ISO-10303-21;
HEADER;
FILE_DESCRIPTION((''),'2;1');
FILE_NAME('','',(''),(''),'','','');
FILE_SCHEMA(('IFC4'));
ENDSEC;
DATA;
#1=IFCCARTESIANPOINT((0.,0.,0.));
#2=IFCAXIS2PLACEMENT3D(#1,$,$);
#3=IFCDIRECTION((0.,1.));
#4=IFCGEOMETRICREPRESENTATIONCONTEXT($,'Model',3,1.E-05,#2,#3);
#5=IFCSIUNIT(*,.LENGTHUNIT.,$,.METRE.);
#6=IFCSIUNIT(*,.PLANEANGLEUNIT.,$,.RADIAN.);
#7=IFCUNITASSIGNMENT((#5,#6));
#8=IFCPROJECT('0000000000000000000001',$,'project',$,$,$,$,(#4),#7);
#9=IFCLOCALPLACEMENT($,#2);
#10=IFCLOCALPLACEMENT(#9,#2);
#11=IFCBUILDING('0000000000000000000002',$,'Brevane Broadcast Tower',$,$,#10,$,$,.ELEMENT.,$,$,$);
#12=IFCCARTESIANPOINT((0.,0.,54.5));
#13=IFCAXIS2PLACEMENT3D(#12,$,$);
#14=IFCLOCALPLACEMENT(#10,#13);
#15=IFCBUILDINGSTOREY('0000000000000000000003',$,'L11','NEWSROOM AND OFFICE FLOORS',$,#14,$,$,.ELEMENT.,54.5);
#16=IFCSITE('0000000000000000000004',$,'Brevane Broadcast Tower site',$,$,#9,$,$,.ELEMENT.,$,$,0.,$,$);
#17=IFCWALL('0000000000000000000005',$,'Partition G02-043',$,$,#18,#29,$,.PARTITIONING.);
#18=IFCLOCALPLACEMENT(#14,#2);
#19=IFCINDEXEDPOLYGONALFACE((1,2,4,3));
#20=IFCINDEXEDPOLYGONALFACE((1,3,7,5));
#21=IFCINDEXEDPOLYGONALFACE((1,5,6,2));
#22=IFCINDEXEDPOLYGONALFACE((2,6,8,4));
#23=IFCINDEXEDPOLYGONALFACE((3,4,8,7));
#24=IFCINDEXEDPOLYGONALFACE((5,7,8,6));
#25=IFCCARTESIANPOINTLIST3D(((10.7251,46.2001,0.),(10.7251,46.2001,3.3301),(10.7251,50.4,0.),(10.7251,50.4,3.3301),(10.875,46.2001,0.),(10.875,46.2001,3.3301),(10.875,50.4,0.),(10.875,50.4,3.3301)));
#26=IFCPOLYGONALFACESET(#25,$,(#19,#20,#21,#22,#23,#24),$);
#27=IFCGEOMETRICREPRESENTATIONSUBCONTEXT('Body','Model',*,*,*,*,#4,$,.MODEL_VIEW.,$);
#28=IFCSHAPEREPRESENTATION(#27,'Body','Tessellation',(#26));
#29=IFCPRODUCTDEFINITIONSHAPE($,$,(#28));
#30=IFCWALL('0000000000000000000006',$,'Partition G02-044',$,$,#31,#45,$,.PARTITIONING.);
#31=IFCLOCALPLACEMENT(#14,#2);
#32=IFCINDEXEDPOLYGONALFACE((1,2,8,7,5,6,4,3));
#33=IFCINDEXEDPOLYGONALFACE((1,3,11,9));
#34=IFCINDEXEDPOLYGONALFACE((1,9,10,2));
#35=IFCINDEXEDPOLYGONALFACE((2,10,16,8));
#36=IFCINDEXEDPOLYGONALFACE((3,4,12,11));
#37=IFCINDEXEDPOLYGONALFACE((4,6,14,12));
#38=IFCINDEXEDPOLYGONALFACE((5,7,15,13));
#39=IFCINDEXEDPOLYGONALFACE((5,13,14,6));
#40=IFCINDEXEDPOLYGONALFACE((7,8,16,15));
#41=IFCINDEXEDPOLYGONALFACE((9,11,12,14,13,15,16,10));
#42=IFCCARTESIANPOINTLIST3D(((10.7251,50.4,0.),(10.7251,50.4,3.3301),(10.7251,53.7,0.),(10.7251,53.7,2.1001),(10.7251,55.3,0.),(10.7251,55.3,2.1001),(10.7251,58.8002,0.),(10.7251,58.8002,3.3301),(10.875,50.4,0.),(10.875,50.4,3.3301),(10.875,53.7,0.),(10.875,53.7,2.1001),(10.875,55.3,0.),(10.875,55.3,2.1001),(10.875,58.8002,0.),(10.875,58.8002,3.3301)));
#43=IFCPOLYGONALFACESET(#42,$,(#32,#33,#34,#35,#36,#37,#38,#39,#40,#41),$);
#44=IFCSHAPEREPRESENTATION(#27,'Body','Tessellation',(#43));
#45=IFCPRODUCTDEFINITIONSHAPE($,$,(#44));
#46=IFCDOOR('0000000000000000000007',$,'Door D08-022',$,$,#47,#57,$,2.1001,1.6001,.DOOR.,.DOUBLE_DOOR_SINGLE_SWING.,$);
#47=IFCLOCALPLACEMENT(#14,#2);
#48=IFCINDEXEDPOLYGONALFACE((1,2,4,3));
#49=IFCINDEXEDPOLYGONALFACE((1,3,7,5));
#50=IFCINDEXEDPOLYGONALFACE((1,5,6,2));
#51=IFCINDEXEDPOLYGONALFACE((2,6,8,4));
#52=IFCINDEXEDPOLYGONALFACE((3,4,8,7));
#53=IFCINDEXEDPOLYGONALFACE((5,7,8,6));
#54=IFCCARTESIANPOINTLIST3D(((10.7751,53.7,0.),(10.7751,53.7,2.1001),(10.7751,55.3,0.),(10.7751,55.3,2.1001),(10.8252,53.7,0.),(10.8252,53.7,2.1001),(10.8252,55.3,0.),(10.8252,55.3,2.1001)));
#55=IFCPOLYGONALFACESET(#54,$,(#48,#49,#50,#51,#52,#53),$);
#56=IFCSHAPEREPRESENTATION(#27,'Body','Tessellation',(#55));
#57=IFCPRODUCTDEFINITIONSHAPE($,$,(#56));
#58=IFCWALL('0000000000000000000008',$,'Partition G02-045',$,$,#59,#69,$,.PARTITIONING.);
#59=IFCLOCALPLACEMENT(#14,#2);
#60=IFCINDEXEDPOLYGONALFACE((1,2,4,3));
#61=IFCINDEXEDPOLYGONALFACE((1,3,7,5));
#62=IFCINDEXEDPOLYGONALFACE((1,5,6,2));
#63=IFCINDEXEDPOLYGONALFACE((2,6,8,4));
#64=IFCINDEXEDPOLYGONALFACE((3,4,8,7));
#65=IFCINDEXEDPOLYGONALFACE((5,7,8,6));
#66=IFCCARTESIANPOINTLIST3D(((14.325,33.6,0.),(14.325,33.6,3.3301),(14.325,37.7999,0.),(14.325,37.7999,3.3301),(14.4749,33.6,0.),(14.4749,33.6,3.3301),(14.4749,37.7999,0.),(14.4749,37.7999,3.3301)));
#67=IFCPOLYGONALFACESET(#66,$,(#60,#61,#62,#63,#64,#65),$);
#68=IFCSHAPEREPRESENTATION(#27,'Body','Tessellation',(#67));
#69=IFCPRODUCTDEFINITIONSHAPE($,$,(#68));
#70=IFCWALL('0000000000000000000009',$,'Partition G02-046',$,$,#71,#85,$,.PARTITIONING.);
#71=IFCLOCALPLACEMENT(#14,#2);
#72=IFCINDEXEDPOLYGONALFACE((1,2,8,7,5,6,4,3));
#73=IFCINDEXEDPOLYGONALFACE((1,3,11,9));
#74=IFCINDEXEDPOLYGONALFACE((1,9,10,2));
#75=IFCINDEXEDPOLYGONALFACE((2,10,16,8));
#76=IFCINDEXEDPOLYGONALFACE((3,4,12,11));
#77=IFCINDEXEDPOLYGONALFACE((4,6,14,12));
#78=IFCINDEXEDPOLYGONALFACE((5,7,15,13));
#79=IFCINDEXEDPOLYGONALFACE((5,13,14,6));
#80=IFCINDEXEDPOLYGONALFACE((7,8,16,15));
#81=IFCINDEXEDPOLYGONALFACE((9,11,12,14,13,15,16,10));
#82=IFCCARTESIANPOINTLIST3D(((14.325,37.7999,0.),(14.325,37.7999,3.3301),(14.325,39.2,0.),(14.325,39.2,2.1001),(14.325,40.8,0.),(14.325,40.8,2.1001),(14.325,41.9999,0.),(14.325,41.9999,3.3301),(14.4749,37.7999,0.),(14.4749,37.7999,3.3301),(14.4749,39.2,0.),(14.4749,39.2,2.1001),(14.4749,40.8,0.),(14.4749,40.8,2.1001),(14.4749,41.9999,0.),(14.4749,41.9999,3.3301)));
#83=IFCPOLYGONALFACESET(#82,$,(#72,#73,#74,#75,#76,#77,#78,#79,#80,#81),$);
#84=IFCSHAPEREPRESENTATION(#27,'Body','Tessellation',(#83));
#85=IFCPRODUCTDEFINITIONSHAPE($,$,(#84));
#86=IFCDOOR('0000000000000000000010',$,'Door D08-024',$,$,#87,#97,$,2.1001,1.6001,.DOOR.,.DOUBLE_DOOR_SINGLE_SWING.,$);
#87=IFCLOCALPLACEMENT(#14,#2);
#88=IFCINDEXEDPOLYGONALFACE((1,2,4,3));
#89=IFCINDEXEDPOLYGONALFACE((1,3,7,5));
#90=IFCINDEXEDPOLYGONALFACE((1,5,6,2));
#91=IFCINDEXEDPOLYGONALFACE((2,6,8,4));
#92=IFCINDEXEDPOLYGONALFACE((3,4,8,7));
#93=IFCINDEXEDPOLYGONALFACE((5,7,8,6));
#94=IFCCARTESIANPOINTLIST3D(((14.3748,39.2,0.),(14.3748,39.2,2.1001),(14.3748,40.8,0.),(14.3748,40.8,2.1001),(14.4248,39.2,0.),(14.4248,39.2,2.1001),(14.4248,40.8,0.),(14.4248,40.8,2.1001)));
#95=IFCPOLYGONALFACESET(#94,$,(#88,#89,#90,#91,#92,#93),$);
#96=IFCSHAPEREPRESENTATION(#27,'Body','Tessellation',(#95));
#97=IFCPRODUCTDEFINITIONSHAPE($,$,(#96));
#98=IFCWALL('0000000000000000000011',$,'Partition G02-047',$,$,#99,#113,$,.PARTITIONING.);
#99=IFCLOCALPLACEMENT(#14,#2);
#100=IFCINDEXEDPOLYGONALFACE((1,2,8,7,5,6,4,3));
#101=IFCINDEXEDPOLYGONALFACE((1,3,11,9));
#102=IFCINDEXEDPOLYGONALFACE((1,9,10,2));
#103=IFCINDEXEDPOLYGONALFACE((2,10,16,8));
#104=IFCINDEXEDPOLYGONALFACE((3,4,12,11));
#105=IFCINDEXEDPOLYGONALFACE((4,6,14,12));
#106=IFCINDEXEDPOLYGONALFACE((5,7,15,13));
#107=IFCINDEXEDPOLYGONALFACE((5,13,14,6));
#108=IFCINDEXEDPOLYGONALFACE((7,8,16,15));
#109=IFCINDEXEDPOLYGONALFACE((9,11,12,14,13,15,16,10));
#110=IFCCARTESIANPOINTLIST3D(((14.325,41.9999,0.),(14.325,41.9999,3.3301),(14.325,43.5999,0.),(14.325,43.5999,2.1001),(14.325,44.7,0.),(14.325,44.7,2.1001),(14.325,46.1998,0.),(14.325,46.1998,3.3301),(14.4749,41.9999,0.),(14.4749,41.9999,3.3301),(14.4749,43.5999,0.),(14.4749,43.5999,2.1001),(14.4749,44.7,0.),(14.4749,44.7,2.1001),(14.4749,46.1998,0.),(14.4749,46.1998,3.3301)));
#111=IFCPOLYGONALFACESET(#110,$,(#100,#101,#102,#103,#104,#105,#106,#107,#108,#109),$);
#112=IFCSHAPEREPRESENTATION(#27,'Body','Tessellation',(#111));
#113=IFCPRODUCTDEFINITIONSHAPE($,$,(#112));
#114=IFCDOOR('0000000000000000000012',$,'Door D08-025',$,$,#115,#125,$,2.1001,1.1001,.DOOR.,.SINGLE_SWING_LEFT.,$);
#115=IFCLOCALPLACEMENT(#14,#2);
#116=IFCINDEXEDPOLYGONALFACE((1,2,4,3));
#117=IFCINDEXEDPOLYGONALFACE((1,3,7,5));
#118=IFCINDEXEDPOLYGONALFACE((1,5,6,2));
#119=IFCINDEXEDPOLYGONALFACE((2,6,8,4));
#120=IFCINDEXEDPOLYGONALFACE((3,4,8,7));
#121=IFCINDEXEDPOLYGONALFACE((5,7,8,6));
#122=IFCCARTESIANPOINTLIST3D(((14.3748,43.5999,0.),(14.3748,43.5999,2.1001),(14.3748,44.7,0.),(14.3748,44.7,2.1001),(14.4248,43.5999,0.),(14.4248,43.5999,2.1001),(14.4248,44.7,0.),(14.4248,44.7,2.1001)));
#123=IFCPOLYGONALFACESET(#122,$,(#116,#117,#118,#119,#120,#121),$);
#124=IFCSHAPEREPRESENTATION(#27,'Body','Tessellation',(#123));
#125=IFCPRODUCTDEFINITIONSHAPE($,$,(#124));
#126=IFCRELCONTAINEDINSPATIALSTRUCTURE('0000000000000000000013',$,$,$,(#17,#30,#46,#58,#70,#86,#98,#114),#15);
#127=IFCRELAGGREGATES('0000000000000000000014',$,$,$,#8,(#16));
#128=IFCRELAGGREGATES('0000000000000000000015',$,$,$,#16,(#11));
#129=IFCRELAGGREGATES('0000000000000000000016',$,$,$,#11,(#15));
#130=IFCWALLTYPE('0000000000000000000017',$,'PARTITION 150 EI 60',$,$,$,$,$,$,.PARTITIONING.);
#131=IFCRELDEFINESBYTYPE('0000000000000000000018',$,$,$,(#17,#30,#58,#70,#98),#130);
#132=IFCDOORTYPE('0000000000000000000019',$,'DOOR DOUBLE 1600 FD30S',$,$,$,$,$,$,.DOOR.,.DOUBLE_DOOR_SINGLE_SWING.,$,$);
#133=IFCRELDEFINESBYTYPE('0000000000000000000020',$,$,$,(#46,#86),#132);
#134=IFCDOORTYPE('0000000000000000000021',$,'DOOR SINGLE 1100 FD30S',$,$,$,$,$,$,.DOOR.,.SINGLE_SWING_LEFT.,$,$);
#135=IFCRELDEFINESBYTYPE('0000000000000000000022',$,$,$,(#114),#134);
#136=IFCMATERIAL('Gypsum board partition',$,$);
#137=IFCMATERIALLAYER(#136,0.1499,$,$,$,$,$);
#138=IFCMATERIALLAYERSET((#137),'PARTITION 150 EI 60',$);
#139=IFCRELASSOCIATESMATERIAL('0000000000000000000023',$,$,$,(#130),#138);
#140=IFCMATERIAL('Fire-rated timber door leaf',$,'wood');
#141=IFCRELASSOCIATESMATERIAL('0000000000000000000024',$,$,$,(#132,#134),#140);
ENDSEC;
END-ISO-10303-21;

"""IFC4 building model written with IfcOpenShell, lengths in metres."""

from ifc_helpers import new_model, si_unit, direction, frame, frame_2d, origin, place, context, subcontext, project, spatial, rectangle, extrude, material, layer, layer_set, type_object, element, fill, save


model = new_model("IFC4")

# Units and contexts
model_context = context("Model", 3, precision=1e-05, world=origin(), true_north=direction((0.0, 1.0)))
body_context = subcontext(model_context, "Body", "Model", "MODEL_VIEW")
ifc_project = project(units=[si_unit("LENGTHUNIT", "METRE"), si_unit("PLANEANGLEUNIT", "RADIAN")], contexts=[model_context])

# Site, building, storey
site_placement = place(None, origin())
site = spatial("IfcSite", under=ifc_project, at=site_placement, Name="Brevane Broadcast Tower site", CompositionType="ELEMENT", RefElevation=0.0)
building_placement = place(site_placement, origin())
building = spatial("IfcBuilding", under=site, at=building_placement, Name="Brevane Broadcast Tower", CompositionType="ELEMENT")
storey_placement = place(building_placement, frame((0.0, 0.0, 54.5)))
storey = spatial("IfcBuildingStorey", under=building, at=storey_placement, Name="L11", Description="NEWSROOM AND OFFICE FLOORS", CompositionType="ELEMENT", Elevation=54.5)

# Shared definitions
ifc_material_1 = material(Name="Gypsum board partition")

# Shared definitions
ifc_layer_1 = layer(ifc_material_1, 0.1499)
ifc_layer_set_1 = layer_set([ifc_layer_1], Name="PARTITION 150 EI 60")
wall_type_1 = type_object("IfcWallType", Name="PARTITION 150 EI 60", PredefinedType="PARTITIONING", material=ifc_layer_set_1)
ifc_material_2 = material(Name="Fire-rated timber door leaf", Category="wood")
door_type_1 = type_object("IfcDoorType", Name="DOOR DOUBLE 1600 FD30S", OperationType="DOUBLE_DOOR_SINGLE_SWING", PredefinedType="DOOR", material=ifc_material_2)

# Wall
wall_1_placement = place(storey_placement, frame((10.8, 46.2, 0.0), z_axis=(0.0, 0.0, 1.0), x_axis=(0.0, 1.0, 0.0)))
element("IfcWall", 1, at=wall_1_placement, inside=storey, type_object=wall_type_1, Name="Partition G02-043", PredefinedType="PARTITIONING", context=body_context, shape_type="SweptSolid", body=[
    extrude(rectangle(XDim=4.2, YDim=0.1499, at=frame_2d((2.1001, 0.0))), origin(), (0.0, 0.0, 1.0), 3.3301),
])

# Wall, opening, door
wall_2_placement = place(storey_placement, frame((10.8, 50.3999, 0.0), z_axis=(0.0, 0.0, 1.0), x_axis=(0.0, 1.0, 0.0)))
wall_2 = element("IfcWall", 2, at=wall_2_placement, inside=storey, type_object=wall_type_1, Name="Partition G02-044", PredefinedType="PARTITIONING", context=body_context, shape_type="SweptSolid", body=[
    extrude(rectangle(XDim=8.4001, YDim=0.1499, at=frame_2d((4.2002, 0.0))), origin(), (0.0, 0.0, 1.0), 3.3301),
])
opening_1_placement = place(wall_2_placement, frame((3.3, 0.0, 0.0)))
opening_1 = element("IfcOpeningElement", 3, at=opening_1_placement, cuts=wall_2, PredefinedType="OPENING", context=body_context, shape_type="SweptSolid", body=[
    extrude(rectangle(XDim=1.6001, YDim=2.1001, at=frame_2d((0.8, 1.05))), frame((0.0, 0.085, 0.0), z_axis=(0.0, -1.0, 0.0), x_axis=(1.0, 0.0, 0.0)), (0.0, 0.0, 1.0), 0.1699),
])
door_1_placement = place(opening_1_placement, origin())
door_1 = element("IfcDoor", 4, at=door_1_placement, inside=storey, type_object=door_type_1, Name="Door D08-022", OperationType="DOUBLE_DOOR_SINGLE_SWING", OverallHeight=2.1001, OverallWidth=1.6001, PredefinedType="DOOR", context=body_context, shape_type="SweptSolid", body=[
    extrude(rectangle(XDim=1.6001, YDim=2.1001, at=frame_2d((0.8, 1.05))), frame((0.0, 0.0249, 0.0), z_axis=(0.0, -1.0, 0.0), x_axis=(1.0, 0.0, 0.0)), (0.0, 0.0, 1.0), 0.05),
])
fill(opening_1, door_1)

# Wall
wall_3_placement = place(storey_placement, frame((14.3999, 37.8, 0.0), z_axis=(0.0, 0.0, 1.0), x_axis=(0.0, -1.0, 0.0)))
element("IfcWall", 5, at=wall_3_placement, inside=storey, type_object=wall_type_1, Name="Partition G02-045", PredefinedType="PARTITIONING", context=body_context, shape_type="SweptSolid", body=[
    extrude(rectangle(XDim=4.2, YDim=0.1499, at=frame_2d((2.1001, 0.0))), origin(), (0.0, 0.0, 1.0), 3.3301),
])

# Walls, openings, doors
wall_4_placement = place(storey_placement, frame((14.3999, 42.0, 0.0), z_axis=(0.0, 0.0, 1.0), x_axis=(0.0, -1.0, 0.0)))
wall_4 = element("IfcWall", 6, at=wall_4_placement, inside=storey, type_object=wall_type_1, Name="Partition G02-046", PredefinedType="PARTITIONING", context=body_context, shape_type="SweptSolid", body=[
    extrude(rectangle(XDim=4.2, YDim=0.1499, at=frame_2d((2.1001, 0.0))), origin(), (0.0, 0.0, 1.0), 3.3301),
])
opening_2_placement = place(wall_4_placement, frame((1.2, 0.0, 0.0)))
opening_2 = element("IfcOpeningElement", 7, at=opening_2_placement, cuts=wall_4, PredefinedType="OPENING", context=body_context, shape_type="SweptSolid", body=[
    extrude(rectangle(XDim=1.6001, YDim=2.1001, at=frame_2d((0.8, 1.05))), frame((0.0, 0.085, 0.0), z_axis=(0.0, -1.0, 0.0), x_axis=(1.0, 0.0, 0.0)), (0.0, 0.0, 1.0), 0.1699),
])
door_2_placement = place(opening_2_placement, origin())
door_2 = element("IfcDoor", 8, at=door_2_placement, inside=storey, type_object=door_type_1, Name="Door D08-024", OperationType="DOUBLE_DOOR_SINGLE_SWING", OverallHeight=2.1001, OverallWidth=1.6001, PredefinedType="DOOR", context=body_context, shape_type="SweptSolid", body=[
    extrude(rectangle(XDim=1.6001, YDim=2.1001, at=frame_2d((0.8, 1.05))), frame((0.0, 0.0249, 0.0), z_axis=(0.0, -1.0, 0.0), x_axis=(1.0, 0.0, 0.0)), (0.0, 0.0, 1.0), 0.05),
])
fill(opening_2, door_2)
wall_5_placement = place(storey_placement, frame((14.3999, 46.2, 0.0), z_axis=(0.0, 0.0, 1.0), x_axis=(0.0, -1.0, 0.0)))
wall_5 = element("IfcWall", 9, at=wall_5_placement, inside=storey, type_object=wall_type_1, Name="Partition G02-047", PredefinedType="PARTITIONING", context=body_context, shape_type="SweptSolid", body=[
    extrude(rectangle(XDim=4.2, YDim=0.1499, at=frame_2d((2.1001, 0.0))), origin(), (0.0, 0.0, 1.0), 3.3301),
])
opening_3_placement = place(wall_5_placement, frame((1.5, 0.0, 0.0)))
opening_3 = element("IfcOpeningElement", 10, at=opening_3_placement, cuts=wall_5, PredefinedType="OPENING", context=body_context, shape_type="SweptSolid", body=[
    extrude(rectangle(XDim=1.1001, YDim=2.1001, at=frame_2d((0.55, 1.05))), frame((0.0, 0.085, 0.0), z_axis=(0.0, -1.0, 0.0), x_axis=(1.0, 0.0, 0.0)), (0.0, 0.0, 1.0), 0.1699),
])
door_type_2 = type_object("IfcDoorType", Name="DOOR SINGLE 1100 FD30S", OperationType="SINGLE_SWING_LEFT", PredefinedType="DOOR", material=ifc_material_2)
door_3_placement = place(opening_3_placement, origin())
door_3 = element("IfcDoor", 11, at=door_3_placement, inside=storey, type_object=door_type_2, Name="Door D08-025", OperationType="SINGLE_SWING_LEFT", OverallHeight=2.1001, OverallWidth=1.1001, PredefinedType="DOOR", context=body_context, shape_type="SweptSolid", body=[
    extrude(rectangle(XDim=1.1001, YDim=2.1001, at=frame_2d((0.55, 1.05))), frame((0.0, 0.0249, 0.0), z_axis=(0.0, -1.0, 0.0), x_axis=(1.0, 0.0, 0.0)), (0.0, 0.0, 1.0), 0.05),
])
fill(opening_3, door_3)

save(model, "model.ifc")
